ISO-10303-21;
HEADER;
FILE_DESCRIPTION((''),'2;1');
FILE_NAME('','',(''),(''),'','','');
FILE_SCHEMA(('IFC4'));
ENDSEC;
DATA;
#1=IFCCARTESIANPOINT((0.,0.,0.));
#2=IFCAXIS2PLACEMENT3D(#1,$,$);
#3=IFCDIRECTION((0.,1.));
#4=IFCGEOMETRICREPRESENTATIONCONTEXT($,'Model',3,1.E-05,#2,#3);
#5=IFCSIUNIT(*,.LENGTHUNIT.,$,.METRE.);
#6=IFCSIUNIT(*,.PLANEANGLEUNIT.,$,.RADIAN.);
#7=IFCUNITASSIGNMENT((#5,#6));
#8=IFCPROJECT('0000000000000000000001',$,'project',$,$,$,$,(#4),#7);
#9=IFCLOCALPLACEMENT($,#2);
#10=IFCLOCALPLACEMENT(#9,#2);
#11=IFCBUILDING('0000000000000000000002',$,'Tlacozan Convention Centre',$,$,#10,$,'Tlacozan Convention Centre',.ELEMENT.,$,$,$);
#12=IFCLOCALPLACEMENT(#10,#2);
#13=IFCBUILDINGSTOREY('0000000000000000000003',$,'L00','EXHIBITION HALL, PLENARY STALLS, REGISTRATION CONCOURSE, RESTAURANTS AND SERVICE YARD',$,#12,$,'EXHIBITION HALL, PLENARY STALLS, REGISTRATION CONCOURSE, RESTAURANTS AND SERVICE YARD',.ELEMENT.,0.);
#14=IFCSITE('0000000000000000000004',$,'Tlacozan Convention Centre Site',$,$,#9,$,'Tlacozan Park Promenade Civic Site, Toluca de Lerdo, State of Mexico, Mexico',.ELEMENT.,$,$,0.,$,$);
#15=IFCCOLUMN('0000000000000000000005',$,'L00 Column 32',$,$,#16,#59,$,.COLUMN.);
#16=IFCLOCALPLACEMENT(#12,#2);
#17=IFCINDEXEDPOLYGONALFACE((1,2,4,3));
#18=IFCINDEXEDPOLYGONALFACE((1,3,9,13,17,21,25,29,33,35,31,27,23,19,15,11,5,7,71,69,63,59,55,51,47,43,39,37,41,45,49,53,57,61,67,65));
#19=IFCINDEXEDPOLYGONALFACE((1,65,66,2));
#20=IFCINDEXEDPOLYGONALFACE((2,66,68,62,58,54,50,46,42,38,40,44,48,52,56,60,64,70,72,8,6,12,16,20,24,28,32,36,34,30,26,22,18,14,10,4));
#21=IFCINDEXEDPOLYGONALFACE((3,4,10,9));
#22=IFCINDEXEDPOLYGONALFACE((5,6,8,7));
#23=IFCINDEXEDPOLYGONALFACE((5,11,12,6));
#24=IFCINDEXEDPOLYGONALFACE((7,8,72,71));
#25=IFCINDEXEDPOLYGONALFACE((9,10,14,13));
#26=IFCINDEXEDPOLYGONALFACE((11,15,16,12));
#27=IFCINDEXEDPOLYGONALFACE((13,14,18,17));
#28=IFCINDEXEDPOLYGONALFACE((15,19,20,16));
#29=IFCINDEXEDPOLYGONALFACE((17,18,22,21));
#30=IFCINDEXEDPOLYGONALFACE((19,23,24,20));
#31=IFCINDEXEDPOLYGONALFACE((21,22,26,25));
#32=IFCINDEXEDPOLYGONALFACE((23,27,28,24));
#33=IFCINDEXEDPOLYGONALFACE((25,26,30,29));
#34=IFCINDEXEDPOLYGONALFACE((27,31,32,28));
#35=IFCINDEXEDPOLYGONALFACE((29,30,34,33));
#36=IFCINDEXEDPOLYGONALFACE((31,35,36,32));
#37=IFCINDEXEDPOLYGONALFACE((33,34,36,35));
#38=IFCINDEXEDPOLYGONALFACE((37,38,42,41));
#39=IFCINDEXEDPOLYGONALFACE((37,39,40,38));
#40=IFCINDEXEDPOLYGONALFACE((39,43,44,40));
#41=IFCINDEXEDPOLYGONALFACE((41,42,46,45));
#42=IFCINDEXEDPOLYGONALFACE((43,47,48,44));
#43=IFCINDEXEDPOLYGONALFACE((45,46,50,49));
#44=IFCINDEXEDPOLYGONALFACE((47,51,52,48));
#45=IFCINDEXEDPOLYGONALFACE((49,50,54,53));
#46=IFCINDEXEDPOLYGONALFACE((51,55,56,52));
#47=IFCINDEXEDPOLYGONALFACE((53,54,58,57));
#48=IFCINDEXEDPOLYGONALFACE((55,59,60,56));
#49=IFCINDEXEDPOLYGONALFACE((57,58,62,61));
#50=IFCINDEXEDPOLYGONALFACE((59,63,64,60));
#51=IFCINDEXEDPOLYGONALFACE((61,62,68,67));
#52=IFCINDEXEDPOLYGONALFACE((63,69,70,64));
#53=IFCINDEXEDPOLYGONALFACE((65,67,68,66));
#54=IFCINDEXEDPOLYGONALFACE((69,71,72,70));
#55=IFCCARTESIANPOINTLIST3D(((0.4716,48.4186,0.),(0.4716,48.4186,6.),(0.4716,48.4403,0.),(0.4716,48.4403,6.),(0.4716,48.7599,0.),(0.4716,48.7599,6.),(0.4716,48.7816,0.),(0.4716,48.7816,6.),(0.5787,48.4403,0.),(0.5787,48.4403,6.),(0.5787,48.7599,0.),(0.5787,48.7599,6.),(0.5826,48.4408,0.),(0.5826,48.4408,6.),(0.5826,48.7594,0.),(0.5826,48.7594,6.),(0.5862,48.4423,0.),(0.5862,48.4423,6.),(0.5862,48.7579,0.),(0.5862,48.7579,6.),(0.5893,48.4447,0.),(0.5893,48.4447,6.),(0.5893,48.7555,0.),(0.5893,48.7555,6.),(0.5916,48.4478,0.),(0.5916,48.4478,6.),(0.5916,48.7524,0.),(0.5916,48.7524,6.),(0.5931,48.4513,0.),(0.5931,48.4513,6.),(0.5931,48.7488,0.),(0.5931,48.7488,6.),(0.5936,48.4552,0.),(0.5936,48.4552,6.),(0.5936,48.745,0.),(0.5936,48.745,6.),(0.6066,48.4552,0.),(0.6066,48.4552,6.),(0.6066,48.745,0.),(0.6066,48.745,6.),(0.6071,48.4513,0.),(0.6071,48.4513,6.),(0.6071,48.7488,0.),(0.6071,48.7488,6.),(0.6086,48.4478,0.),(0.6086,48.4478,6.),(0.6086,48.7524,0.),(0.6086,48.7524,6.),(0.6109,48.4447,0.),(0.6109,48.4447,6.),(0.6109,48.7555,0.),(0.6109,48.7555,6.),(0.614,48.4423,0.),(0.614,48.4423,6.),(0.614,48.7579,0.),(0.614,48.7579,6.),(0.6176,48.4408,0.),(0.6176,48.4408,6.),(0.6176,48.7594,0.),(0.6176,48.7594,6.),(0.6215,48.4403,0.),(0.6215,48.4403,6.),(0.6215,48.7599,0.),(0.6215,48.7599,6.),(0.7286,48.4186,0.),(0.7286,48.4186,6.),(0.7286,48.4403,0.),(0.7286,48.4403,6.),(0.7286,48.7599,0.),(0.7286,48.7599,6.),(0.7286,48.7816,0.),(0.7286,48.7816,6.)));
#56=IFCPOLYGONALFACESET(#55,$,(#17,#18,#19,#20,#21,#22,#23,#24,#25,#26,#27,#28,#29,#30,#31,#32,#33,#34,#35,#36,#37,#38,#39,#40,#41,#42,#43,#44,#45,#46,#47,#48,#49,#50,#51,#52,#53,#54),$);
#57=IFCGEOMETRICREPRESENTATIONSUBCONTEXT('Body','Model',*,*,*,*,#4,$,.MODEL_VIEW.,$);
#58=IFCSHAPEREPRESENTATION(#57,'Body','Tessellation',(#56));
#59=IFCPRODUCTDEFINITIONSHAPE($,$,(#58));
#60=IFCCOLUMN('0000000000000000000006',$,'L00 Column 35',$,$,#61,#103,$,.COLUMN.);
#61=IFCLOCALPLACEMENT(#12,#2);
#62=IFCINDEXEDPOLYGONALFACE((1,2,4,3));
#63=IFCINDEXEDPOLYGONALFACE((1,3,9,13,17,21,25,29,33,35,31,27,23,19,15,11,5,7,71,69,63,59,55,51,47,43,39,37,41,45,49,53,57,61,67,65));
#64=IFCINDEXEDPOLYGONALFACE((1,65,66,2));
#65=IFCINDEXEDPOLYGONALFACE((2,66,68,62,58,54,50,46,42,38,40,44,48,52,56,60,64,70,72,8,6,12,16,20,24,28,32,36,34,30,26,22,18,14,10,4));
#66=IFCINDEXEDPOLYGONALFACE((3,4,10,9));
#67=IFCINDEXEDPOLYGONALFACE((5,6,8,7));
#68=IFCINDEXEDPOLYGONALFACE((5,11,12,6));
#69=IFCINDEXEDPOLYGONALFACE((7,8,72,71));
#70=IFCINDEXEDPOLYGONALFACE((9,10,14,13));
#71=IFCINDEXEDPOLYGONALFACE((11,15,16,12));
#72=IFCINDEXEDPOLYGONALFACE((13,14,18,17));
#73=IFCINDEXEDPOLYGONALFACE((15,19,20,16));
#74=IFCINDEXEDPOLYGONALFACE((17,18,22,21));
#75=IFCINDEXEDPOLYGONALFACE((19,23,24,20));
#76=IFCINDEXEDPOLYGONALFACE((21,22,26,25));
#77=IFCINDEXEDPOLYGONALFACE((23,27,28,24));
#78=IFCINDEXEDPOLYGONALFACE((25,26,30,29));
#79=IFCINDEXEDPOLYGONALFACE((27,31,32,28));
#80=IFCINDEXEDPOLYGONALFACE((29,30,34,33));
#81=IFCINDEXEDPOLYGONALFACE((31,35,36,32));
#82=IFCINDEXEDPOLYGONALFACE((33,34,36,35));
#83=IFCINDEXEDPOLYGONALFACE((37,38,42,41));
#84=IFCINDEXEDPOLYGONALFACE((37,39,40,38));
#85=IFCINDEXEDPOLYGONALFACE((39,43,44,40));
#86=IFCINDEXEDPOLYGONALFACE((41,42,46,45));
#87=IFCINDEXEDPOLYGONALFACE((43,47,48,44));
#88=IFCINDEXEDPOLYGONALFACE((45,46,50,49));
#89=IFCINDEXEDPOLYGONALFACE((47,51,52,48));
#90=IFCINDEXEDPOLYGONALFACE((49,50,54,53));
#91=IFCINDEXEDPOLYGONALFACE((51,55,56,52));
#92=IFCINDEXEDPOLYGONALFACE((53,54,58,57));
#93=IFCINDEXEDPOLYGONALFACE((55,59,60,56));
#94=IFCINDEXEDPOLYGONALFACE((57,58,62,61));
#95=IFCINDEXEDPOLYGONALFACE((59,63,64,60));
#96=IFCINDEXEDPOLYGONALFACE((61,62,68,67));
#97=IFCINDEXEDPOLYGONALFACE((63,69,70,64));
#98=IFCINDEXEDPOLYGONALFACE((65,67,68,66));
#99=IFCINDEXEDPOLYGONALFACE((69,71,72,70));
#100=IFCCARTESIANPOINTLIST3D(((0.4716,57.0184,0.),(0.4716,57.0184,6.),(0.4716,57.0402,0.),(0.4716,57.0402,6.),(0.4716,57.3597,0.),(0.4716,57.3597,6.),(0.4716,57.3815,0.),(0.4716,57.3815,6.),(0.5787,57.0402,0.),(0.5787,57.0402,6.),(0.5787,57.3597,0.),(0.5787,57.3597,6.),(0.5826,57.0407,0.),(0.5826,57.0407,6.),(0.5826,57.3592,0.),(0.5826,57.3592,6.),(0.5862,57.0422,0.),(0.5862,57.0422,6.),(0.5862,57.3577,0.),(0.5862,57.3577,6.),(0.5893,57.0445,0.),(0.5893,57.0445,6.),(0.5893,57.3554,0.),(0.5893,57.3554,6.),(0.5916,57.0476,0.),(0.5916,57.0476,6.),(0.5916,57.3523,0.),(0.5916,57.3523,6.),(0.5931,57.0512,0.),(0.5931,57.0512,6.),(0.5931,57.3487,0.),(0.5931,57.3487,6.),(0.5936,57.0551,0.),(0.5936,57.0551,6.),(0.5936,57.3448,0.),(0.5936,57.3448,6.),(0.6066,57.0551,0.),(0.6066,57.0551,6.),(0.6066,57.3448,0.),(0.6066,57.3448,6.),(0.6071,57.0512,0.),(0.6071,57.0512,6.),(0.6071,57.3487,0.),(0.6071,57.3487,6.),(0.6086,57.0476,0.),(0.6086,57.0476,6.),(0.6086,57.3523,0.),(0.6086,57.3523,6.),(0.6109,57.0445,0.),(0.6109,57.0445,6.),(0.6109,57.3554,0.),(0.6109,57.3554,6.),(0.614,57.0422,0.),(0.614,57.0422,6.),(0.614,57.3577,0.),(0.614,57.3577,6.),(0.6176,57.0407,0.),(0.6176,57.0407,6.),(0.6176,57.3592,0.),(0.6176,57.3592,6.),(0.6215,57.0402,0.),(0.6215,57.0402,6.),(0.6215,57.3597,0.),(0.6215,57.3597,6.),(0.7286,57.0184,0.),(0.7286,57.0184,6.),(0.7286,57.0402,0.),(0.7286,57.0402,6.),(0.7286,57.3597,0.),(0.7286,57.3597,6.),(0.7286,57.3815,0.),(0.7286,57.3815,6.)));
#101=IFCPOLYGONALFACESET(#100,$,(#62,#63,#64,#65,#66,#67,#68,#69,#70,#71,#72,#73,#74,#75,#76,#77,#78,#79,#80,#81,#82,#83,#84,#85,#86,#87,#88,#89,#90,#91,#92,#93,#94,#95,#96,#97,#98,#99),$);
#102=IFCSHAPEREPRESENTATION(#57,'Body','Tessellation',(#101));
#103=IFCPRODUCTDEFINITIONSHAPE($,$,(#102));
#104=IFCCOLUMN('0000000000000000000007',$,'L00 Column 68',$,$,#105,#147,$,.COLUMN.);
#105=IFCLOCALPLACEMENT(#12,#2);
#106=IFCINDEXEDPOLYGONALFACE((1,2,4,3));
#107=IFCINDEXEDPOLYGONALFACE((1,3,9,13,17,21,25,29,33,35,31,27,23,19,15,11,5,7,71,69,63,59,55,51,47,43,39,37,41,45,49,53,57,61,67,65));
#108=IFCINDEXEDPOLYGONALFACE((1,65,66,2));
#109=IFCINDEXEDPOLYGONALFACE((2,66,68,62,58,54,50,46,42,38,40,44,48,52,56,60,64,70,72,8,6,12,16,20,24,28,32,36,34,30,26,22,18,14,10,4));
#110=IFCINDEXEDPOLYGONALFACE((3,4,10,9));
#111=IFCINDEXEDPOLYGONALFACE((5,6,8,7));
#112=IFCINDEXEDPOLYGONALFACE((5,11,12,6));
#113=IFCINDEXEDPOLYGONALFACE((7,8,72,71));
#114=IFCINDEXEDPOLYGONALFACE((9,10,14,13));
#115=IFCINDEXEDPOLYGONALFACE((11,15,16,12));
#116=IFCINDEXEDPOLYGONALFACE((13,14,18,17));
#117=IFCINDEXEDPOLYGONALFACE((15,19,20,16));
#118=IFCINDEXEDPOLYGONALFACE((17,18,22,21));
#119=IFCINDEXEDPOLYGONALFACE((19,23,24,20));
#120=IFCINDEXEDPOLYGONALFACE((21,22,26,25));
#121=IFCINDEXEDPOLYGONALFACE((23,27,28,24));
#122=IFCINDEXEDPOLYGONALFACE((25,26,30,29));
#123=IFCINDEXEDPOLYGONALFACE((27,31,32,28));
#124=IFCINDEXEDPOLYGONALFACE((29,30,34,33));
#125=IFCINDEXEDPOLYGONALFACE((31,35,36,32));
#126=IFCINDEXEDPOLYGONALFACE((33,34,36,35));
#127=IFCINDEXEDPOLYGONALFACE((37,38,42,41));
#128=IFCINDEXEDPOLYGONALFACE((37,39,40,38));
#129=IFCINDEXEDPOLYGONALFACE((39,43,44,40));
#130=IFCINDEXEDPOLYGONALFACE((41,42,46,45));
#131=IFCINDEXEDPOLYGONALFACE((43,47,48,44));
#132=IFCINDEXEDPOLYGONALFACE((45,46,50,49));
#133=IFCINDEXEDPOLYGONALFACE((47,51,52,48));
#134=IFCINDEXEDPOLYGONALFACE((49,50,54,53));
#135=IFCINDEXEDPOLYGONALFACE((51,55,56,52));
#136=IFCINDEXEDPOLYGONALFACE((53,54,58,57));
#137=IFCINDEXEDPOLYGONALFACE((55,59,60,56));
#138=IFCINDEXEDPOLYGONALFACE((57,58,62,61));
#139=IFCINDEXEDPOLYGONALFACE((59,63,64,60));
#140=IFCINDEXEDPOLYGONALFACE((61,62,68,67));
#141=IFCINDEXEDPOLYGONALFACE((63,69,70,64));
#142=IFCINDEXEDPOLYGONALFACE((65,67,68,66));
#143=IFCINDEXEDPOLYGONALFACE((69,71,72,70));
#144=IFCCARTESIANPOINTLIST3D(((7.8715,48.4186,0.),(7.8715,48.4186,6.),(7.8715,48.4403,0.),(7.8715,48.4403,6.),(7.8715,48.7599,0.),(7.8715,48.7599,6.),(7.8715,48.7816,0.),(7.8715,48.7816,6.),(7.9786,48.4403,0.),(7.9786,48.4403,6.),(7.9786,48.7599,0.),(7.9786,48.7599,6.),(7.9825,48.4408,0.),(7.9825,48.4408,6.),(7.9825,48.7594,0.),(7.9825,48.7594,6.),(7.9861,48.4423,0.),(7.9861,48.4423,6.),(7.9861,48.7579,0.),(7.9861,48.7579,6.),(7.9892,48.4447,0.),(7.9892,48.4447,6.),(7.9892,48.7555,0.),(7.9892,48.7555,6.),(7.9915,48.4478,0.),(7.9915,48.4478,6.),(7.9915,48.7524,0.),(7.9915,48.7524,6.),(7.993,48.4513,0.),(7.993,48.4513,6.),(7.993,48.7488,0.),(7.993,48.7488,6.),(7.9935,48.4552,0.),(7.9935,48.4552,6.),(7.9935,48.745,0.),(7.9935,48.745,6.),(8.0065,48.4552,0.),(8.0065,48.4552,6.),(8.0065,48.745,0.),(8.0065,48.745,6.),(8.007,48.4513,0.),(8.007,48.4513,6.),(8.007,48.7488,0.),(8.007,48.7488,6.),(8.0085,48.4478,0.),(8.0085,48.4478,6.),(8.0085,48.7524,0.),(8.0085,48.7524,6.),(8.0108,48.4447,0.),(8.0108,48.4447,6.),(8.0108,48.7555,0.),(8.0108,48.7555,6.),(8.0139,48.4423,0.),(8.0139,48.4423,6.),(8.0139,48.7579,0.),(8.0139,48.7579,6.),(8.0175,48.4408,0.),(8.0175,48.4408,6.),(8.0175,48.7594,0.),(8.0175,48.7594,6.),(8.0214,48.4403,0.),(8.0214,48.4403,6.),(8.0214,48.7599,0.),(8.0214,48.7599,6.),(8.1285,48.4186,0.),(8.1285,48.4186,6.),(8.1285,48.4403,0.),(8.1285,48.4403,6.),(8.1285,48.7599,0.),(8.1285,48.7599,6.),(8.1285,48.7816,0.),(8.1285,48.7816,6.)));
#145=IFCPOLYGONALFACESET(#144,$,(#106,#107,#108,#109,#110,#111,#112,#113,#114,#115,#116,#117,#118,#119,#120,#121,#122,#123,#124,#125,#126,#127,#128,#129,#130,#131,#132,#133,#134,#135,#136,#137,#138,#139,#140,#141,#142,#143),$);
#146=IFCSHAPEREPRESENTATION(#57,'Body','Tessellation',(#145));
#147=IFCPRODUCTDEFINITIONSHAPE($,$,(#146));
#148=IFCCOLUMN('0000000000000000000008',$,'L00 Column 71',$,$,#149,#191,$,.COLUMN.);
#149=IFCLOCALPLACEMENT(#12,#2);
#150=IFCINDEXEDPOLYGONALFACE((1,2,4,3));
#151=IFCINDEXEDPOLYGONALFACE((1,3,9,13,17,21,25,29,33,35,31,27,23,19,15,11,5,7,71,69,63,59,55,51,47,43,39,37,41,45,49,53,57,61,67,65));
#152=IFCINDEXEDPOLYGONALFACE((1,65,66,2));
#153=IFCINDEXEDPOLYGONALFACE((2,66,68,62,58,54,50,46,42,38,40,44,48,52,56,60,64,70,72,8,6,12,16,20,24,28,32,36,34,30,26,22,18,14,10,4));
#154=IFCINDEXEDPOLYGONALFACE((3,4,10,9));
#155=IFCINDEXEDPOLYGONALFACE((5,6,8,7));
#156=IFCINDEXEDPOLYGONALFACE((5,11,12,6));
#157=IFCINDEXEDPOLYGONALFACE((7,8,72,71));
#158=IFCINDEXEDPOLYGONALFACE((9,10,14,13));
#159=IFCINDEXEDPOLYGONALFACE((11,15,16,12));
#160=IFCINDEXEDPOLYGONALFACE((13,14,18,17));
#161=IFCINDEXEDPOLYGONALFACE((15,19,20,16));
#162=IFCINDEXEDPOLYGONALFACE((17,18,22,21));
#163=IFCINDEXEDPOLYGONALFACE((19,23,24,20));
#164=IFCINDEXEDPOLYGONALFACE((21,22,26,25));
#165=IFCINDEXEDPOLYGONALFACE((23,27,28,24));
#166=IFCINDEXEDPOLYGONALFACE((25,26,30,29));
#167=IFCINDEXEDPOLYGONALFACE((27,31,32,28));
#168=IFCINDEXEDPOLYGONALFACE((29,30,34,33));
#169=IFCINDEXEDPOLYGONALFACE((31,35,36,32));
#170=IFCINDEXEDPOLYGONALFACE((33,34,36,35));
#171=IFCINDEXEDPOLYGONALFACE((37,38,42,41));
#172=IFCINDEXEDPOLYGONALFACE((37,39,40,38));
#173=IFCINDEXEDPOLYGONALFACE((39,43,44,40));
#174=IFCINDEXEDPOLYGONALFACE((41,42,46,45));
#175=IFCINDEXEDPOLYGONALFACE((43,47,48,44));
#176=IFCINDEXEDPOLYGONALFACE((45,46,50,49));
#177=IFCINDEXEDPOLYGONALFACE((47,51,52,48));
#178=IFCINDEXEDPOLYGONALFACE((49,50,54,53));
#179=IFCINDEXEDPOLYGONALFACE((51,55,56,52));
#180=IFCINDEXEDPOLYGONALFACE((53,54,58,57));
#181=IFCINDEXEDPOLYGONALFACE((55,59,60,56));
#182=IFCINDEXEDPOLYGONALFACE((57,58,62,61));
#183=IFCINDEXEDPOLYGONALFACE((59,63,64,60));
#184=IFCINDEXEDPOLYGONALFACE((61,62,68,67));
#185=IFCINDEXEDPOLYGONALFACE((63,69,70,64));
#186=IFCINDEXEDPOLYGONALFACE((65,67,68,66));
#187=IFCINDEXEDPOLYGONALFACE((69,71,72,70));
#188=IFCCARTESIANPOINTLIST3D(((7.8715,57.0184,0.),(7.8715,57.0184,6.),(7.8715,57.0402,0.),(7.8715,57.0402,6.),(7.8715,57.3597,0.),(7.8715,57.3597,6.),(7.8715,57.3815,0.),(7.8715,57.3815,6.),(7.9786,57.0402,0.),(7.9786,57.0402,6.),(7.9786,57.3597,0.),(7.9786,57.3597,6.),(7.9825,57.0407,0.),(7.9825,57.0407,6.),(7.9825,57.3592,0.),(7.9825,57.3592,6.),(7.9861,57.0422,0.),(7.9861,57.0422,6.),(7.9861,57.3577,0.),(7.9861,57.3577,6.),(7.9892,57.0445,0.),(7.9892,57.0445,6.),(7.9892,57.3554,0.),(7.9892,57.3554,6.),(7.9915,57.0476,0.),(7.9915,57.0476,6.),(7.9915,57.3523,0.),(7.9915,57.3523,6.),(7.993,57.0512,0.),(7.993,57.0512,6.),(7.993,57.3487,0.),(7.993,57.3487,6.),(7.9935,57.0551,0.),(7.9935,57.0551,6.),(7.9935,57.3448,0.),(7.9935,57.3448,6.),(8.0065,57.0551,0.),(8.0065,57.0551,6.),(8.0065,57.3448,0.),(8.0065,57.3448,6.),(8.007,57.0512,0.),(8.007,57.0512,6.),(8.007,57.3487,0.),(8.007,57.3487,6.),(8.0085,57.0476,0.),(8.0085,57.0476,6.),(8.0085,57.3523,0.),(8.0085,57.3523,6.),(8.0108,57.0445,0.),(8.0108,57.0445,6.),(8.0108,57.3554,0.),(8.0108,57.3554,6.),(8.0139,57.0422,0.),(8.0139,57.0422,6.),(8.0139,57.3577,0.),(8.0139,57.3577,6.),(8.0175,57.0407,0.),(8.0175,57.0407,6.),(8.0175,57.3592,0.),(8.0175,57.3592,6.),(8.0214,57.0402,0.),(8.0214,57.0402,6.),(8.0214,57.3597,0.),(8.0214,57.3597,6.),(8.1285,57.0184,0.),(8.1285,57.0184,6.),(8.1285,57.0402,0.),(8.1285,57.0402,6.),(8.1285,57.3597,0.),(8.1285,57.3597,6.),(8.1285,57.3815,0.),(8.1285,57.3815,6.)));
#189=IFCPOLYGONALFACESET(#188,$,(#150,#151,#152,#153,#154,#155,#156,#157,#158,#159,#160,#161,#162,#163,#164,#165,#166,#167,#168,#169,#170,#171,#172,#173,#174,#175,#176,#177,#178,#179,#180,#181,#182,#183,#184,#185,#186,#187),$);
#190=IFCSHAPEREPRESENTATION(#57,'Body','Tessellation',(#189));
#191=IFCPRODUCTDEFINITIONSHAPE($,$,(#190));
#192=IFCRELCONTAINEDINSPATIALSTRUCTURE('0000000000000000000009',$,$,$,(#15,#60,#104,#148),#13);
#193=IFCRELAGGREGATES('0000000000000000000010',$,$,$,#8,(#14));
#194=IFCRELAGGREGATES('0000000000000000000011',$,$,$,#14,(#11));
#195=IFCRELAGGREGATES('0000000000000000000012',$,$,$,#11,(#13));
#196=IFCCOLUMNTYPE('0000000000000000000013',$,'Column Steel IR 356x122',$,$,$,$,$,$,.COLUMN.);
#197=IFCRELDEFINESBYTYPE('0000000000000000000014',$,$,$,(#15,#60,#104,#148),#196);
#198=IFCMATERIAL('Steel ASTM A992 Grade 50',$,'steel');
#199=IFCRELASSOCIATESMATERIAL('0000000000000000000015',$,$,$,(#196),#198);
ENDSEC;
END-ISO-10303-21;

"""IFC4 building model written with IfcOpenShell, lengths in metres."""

from ifc_helpers import new_model, si_unit, direction, frame, origin, origin_2d, place, context, subcontext, project, spatial, i_section, extrude, material, material_profile, profile_set, type_object, element, save


model = new_model("IFC4")

# Units and contexts
model_context = context("Model", 3, precision=1e-05, world=origin(), true_north=direction((0.0, 1.0)))
body_context = subcontext(model_context, "Body", "Model", "MODEL_VIEW")
ifc_project = project(units=[si_unit("LENGTHUNIT", "METRE"), si_unit("PLANEANGLEUNIT", "RADIAN")], contexts=[model_context])

# Site, building, storey
site_placement = place(None, origin())
site = spatial("IfcSite", under=ifc_project, at=site_placement, Name="Tlacozan Convention Centre Site", LongName="Tlacozan Park Promenade Civic Site, Toluca de Lerdo, State of Mexico, Mexico", CompositionType="ELEMENT", RefElevation=0.0)
building_placement = place(site_placement, origin())
building = spatial("IfcBuilding", under=site, at=building_placement, Name="Tlacozan Convention Centre", LongName="Tlacozan Convention Centre", CompositionType="ELEMENT")
storey_placement = place(building_placement, origin())
storey = spatial("IfcBuildingStorey", under=building, at=storey_placement, Name="L00", Description="EXHIBITION HALL, PLENARY STALLS, REGISTRATION CONCOURSE, RESTAURANTS AND SERVICE YARD", LongName="EXHIBITION HALL, PLENARY STALLS, REGISTRATION CONCOURSE, RESTAURANTS AND SERVICE YARD", CompositionType="ELEMENT", Elevation=0.0)

# Columns
ifc_material_1 = material(Name="Steel ASTM A992 Grade 50", Category="steel")
ifc_material_profile_1 = material_profile(ifc_material_1, i_section(OverallWidth=0.2571, OverallDepth=0.363, WebThickness=0.0129, FlangeThickness=0.0217, FilletRadius=0.0149, at=origin_2d()), Name="IR 356x122.0")
ifc_profile_set_1 = profile_set([ifc_material_profile_1], Name="Steel ASTM A992 Grade 50")
column_type = type_object("IfcColumnType", Name="Column Steel IR 356x122", PredefinedType="COLUMN", material=ifc_profile_set_1)
for number, where, z_axis, x_axis, name in (
    (1, (0.6001, 48.6001, 0.0), (0.0, 0.0, 1.0), (1.0, 0.0, 0.0), "L00 Column 32"),
    (2, (0.6001, 57.2, 0.0), (0.0, 0.0, 1.0), (1.0, 0.0, 0.0), "L00 Column 35"),
    (3, (8.0, 48.6001, 0.0), (0.0, 0.0, 1.0), (1.0, 0.0, 0.0), "L00 Column 68"),
    (4, (8.0, 57.2, 0.0), (0.0, 0.0, 1.0), (1.0, 0.0, 0.0), "L00 Column 71"),
):
    element("IfcColumn", number, at=place(storey_placement, frame(where, z_axis=z_axis, x_axis=x_axis)), inside=storey, type_object=column_type, Name=name, PredefinedType="COLUMN", context=body_context, shape_type="SweptSolid", body=[
        extrude(i_section(OverallWidth=0.2571, OverallDepth=0.363, WebThickness=0.0129, FlangeThickness=0.0217, FilletRadius=0.0149, at=origin_2d()), origin(), (0.0, 0.0, 1.0), 6.0),
    ])

save(model, "model.ifc")
